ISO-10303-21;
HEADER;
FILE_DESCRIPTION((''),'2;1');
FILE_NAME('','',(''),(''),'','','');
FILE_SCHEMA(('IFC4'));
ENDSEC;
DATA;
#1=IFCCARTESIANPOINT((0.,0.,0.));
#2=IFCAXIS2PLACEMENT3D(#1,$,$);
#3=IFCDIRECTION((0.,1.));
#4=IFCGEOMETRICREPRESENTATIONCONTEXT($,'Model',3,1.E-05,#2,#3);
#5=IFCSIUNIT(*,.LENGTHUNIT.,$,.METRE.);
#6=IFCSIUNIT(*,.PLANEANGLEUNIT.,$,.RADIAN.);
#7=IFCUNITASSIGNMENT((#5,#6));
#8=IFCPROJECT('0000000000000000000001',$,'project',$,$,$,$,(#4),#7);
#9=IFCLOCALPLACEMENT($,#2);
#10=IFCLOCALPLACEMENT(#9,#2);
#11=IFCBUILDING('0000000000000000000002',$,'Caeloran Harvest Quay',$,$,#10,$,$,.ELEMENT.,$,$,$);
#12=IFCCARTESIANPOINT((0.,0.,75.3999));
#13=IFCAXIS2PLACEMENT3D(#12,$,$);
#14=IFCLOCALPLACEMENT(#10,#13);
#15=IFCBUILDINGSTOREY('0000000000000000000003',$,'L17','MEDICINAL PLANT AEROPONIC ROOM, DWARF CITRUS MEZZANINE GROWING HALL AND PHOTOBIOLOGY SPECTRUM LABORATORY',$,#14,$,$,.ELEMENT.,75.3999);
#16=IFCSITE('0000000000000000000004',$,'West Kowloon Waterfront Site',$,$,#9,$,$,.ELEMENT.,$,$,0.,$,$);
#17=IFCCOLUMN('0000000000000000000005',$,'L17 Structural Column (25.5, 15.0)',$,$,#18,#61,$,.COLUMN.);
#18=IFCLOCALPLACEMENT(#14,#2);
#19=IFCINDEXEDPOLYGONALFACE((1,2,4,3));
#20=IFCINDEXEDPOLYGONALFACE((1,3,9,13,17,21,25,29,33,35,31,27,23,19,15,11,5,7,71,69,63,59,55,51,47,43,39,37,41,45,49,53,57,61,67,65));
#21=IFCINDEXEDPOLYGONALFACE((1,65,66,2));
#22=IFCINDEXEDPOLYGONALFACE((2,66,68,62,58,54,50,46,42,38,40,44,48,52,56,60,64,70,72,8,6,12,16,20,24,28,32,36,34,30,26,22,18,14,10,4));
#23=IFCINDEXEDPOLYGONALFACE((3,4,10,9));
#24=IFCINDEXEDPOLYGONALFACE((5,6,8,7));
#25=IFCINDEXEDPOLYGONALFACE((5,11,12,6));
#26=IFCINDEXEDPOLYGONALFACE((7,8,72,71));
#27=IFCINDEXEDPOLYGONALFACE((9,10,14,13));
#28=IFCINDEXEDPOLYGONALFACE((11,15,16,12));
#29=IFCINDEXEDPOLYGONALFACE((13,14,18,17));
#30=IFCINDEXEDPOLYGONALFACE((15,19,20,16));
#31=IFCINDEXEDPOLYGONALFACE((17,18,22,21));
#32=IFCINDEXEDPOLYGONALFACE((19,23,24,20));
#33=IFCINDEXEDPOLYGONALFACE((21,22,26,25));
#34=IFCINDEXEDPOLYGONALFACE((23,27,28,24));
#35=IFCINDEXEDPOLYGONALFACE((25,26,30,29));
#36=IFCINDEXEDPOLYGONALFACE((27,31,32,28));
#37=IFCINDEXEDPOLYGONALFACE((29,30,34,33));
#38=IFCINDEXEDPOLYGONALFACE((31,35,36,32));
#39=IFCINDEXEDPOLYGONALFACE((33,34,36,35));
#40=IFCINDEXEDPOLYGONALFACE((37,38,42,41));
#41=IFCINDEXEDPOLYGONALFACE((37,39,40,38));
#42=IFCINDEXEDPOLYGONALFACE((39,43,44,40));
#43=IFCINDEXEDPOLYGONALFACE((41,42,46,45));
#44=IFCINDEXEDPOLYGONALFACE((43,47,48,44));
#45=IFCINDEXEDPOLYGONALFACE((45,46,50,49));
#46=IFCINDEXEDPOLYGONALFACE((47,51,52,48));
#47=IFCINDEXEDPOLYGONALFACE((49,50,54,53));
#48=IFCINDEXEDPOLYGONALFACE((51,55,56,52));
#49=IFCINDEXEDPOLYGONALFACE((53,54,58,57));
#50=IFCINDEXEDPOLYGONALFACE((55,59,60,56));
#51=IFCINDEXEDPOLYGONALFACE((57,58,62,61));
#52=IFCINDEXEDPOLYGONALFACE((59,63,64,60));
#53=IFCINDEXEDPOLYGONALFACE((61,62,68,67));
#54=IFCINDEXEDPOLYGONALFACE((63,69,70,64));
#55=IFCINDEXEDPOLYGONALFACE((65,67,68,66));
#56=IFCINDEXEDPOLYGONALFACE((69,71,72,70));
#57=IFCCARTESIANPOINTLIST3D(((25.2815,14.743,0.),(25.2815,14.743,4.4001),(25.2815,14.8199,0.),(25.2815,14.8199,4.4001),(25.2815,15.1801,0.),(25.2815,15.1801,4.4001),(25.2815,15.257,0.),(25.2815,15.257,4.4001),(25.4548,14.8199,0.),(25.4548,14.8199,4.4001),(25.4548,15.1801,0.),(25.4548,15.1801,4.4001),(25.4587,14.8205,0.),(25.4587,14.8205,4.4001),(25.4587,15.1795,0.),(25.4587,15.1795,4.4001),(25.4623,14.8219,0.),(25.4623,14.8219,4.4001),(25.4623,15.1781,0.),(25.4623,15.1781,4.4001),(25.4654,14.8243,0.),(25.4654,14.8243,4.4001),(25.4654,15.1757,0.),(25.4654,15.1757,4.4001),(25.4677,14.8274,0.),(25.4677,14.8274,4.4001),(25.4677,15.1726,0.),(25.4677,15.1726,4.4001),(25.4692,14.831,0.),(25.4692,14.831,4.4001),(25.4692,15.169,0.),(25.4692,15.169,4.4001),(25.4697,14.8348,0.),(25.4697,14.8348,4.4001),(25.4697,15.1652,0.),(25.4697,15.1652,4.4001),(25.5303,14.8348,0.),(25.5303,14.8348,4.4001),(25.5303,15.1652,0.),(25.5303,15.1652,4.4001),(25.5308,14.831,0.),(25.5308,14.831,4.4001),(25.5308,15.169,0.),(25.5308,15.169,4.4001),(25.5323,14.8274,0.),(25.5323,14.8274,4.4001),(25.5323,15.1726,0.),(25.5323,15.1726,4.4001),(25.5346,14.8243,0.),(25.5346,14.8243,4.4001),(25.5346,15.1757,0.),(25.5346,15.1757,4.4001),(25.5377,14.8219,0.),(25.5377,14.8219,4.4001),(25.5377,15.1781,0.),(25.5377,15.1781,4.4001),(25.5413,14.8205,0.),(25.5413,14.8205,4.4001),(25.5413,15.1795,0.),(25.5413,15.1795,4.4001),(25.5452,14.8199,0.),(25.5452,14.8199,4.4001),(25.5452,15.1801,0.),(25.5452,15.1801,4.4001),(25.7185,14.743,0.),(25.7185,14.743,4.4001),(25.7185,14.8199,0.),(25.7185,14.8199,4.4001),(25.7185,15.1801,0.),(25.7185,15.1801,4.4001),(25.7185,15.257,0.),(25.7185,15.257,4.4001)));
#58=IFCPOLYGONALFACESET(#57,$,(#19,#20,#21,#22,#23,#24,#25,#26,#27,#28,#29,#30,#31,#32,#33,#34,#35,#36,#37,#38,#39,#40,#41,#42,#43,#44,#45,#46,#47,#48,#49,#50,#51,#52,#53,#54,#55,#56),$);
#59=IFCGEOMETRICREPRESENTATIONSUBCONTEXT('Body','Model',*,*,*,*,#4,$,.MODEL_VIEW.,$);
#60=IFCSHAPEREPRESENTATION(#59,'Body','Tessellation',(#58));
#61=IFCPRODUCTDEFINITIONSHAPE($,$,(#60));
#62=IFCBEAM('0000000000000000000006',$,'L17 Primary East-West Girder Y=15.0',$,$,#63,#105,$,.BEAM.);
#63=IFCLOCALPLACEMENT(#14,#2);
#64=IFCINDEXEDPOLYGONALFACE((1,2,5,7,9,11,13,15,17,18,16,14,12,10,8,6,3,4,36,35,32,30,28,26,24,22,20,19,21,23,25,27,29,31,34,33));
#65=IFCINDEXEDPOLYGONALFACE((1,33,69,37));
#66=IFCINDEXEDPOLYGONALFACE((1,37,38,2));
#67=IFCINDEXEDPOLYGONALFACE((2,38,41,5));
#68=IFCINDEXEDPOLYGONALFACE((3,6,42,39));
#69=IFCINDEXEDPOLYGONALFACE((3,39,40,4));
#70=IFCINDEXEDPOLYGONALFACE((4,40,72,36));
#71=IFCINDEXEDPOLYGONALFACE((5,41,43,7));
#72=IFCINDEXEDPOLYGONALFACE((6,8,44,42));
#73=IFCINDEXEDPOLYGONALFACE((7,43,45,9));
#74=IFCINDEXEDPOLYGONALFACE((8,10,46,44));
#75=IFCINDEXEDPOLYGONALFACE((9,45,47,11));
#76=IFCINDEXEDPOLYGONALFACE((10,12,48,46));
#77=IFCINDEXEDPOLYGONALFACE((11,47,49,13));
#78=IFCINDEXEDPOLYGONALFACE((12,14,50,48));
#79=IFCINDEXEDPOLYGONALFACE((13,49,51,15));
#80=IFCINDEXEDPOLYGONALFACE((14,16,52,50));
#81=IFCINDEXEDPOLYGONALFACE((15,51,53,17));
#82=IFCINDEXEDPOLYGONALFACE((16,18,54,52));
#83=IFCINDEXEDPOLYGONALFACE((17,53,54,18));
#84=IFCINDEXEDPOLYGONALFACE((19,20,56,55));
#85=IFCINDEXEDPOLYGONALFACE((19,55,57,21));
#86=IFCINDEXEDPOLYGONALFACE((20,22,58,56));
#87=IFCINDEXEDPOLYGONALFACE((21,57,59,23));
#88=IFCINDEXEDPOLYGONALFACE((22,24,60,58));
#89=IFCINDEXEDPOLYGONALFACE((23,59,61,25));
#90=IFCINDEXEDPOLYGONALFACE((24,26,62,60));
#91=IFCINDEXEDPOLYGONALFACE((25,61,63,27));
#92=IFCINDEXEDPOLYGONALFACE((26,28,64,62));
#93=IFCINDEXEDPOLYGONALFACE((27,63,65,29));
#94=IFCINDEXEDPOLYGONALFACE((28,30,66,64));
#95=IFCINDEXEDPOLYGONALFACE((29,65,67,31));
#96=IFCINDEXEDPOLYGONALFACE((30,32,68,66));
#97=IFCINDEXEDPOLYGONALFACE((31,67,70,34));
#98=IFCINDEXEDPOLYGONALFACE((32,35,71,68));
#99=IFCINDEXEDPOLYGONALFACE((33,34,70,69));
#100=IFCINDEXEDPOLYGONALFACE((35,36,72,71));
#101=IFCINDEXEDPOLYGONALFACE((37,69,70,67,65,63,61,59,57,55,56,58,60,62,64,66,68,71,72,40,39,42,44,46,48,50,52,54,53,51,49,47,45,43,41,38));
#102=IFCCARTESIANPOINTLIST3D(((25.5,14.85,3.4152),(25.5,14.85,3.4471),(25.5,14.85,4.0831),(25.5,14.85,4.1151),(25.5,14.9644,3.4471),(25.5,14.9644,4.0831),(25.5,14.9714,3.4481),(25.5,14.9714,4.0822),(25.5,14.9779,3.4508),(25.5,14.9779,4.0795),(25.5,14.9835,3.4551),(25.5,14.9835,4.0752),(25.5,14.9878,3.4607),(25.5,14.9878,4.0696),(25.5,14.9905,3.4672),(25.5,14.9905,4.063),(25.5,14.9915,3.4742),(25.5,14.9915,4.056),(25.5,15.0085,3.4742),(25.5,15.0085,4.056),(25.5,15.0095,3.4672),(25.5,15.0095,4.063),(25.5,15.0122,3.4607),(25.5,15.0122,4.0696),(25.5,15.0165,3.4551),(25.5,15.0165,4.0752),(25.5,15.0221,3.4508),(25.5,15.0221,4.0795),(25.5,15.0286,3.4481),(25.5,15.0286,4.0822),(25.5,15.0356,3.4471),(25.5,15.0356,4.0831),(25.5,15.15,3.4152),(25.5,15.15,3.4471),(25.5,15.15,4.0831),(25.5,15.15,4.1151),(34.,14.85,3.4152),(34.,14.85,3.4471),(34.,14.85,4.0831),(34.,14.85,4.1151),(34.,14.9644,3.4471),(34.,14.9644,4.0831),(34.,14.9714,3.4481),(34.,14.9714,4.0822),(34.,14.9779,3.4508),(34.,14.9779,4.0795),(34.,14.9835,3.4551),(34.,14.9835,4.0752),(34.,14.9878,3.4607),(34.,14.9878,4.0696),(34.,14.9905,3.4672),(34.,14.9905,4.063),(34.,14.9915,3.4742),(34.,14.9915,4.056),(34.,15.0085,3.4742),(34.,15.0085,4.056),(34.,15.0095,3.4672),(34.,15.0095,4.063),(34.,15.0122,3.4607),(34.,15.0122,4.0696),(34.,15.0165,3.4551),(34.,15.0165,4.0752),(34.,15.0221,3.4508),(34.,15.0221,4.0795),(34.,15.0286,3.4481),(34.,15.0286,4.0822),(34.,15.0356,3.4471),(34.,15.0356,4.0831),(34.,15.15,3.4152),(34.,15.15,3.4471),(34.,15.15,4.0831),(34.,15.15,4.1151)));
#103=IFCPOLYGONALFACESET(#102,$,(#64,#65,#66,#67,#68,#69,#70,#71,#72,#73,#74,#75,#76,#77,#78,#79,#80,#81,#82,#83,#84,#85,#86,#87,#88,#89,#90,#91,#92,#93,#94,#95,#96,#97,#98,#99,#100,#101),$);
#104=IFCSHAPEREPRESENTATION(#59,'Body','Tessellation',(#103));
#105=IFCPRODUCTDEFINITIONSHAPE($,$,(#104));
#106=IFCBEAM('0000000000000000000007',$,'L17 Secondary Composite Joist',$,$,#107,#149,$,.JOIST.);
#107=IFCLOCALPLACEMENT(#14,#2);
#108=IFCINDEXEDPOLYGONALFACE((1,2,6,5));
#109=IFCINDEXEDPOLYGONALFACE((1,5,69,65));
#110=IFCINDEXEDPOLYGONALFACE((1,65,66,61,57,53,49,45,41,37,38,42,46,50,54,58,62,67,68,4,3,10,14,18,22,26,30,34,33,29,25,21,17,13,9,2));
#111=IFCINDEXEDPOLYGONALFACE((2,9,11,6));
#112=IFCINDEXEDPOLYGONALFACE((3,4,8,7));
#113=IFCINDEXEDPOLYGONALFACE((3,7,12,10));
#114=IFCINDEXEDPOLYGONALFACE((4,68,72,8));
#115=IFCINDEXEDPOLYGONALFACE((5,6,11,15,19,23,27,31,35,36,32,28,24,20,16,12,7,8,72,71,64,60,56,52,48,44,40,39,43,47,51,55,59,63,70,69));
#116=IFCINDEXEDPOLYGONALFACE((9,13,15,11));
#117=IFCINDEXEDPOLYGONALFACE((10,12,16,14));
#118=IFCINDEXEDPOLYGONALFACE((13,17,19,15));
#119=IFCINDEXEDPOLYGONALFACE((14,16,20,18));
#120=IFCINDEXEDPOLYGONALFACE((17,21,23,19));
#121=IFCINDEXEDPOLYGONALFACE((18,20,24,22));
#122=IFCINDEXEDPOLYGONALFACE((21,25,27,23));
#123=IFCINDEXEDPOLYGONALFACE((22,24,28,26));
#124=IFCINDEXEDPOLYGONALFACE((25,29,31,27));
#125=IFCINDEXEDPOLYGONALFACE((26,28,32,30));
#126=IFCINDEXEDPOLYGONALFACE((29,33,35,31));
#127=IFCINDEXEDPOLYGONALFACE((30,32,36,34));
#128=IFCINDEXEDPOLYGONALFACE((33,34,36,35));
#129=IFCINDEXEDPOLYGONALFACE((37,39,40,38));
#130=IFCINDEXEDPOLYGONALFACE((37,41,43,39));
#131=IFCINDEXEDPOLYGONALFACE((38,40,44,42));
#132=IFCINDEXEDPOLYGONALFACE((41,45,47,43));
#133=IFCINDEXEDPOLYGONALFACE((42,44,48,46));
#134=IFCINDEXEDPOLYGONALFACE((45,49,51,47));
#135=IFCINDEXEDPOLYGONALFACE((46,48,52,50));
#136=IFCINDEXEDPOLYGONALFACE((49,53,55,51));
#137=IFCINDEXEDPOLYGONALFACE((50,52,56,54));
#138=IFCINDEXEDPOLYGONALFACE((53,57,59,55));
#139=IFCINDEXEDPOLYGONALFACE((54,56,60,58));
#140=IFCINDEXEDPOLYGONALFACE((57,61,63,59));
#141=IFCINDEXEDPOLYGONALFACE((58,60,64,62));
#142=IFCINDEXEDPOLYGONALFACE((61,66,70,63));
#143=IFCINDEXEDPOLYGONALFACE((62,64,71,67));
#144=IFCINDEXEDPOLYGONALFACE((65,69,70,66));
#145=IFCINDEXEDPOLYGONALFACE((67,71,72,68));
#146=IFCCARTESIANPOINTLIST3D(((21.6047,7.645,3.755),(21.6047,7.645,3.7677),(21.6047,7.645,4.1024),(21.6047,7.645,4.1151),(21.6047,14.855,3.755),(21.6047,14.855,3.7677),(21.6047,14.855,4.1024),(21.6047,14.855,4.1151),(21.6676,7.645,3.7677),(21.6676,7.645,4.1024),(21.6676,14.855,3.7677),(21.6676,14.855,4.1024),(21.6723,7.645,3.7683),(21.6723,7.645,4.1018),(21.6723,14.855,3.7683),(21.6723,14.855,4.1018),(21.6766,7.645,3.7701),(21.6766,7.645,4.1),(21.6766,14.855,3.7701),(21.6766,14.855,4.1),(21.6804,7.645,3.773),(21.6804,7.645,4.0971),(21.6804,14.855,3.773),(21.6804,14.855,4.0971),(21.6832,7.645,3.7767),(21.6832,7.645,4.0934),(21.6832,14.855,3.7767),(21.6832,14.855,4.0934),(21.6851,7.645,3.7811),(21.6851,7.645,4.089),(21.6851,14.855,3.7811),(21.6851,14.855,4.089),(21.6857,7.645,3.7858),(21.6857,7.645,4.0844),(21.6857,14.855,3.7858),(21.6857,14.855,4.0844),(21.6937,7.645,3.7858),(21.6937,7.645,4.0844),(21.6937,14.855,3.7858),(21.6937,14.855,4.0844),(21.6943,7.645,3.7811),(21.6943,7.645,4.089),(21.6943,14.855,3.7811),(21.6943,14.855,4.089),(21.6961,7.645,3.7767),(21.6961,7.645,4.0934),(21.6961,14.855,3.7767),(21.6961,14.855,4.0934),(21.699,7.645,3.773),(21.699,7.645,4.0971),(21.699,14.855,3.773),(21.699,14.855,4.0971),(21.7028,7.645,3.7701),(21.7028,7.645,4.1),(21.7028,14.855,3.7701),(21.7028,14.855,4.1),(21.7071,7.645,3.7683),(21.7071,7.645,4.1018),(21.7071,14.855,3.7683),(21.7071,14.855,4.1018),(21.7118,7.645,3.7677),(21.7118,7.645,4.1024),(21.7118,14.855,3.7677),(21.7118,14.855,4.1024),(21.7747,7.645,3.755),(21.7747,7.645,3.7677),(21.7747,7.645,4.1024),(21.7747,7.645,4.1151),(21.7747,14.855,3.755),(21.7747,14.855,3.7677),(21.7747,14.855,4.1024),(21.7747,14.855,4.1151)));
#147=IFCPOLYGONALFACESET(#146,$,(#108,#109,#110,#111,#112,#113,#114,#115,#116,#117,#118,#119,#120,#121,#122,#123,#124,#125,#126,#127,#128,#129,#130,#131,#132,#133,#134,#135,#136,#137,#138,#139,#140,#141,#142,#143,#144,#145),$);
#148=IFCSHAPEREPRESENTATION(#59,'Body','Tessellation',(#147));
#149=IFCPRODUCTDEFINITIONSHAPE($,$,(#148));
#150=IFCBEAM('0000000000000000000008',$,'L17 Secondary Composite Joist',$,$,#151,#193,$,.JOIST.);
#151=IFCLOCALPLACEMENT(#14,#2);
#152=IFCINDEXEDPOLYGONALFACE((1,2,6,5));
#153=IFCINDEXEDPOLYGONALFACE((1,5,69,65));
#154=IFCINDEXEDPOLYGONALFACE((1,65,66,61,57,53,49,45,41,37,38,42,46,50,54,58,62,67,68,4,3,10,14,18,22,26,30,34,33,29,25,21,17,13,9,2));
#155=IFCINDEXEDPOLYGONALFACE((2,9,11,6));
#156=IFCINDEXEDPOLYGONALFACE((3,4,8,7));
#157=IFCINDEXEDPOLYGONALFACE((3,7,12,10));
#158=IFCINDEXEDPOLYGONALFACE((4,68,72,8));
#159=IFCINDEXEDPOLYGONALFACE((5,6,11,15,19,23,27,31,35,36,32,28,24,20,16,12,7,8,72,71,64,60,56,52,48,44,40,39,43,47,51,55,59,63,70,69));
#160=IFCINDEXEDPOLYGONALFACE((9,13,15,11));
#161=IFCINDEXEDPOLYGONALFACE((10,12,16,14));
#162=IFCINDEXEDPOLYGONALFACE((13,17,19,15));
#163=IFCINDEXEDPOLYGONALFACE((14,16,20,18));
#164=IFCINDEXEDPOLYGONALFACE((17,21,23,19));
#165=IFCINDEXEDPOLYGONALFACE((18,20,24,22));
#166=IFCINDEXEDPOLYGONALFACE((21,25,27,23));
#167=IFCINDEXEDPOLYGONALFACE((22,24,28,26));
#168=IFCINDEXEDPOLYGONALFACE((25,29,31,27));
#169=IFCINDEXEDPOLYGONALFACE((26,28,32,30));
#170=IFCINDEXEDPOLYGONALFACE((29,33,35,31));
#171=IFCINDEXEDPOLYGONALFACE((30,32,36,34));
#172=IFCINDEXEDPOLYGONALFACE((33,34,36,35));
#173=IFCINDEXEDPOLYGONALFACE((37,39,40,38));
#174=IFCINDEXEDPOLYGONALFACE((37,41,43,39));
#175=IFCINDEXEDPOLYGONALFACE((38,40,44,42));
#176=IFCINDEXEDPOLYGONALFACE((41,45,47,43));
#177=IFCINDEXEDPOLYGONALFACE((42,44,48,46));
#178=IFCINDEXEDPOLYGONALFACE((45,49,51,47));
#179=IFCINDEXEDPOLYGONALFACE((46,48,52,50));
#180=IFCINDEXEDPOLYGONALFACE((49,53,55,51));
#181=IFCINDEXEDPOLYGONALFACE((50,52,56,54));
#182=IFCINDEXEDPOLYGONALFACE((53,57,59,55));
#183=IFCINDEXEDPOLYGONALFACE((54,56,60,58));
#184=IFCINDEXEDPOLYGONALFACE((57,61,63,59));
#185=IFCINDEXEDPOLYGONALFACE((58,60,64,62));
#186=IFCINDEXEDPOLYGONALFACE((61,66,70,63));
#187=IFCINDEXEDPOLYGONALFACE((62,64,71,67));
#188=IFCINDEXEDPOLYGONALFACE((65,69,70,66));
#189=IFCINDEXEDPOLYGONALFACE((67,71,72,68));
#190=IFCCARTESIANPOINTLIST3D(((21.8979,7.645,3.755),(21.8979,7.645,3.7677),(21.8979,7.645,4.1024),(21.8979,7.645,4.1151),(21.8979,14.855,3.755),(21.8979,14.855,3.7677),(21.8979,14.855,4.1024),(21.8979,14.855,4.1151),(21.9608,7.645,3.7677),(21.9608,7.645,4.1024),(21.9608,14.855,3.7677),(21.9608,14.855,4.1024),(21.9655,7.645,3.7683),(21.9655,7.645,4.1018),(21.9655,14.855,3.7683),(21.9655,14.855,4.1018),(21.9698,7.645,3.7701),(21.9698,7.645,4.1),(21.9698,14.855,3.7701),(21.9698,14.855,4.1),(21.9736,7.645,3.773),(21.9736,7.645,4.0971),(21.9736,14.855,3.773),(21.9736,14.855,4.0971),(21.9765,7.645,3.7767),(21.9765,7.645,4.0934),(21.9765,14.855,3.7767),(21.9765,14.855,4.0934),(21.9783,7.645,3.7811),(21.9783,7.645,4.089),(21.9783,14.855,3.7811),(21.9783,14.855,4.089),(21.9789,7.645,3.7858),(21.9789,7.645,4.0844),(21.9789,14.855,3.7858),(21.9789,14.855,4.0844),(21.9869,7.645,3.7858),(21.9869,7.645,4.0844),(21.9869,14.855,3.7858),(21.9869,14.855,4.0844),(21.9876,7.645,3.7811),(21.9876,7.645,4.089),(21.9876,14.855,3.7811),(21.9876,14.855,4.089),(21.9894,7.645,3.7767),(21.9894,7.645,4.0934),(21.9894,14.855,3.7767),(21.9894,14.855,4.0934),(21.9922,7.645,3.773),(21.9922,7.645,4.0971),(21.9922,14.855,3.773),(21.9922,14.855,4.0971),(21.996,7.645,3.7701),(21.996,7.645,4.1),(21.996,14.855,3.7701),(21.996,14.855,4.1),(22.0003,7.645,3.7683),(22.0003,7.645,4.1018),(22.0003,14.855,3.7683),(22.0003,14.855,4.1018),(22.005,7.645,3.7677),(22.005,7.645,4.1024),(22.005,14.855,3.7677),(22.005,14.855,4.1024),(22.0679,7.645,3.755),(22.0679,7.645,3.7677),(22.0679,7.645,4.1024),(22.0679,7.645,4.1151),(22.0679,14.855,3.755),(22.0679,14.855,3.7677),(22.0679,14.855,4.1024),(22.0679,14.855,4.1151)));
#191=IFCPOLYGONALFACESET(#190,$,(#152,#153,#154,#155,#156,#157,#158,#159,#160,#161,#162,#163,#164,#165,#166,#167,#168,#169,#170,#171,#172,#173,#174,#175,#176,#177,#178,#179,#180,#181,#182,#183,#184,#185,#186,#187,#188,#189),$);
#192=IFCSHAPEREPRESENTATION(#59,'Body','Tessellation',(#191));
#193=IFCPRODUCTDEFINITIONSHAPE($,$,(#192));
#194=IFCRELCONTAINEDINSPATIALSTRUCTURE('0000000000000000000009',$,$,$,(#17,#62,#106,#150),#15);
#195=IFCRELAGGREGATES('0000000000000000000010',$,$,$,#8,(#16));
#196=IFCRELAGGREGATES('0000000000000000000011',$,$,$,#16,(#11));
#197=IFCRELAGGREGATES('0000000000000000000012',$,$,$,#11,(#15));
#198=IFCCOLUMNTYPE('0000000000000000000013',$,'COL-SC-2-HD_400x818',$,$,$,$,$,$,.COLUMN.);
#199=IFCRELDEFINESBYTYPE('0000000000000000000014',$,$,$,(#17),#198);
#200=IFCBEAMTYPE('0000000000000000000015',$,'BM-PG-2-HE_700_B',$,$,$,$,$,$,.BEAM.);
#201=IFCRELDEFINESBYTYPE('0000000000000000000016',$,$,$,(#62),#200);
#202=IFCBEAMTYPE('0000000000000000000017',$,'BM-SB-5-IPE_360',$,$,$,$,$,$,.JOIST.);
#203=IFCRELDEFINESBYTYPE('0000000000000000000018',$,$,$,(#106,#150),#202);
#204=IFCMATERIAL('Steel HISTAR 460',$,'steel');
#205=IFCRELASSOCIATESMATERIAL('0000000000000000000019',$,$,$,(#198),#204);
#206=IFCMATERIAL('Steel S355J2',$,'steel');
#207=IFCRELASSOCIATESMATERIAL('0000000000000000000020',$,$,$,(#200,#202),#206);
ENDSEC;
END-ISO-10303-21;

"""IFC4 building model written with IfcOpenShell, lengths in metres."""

from ifc_helpers import new_model, si_unit, direction, frame, origin, origin_2d, place, context, subcontext, project, spatial, i_section, extrude, material, material_profile, profile_set, type_object, element, save


model = new_model("IFC4")

# Units and contexts
model_context = context("Model", 3, precision=1e-05, world=origin(), true_north=direction((0.0, 1.0)))
body_context = subcontext(model_context, "Body", "Model", "MODEL_VIEW")
ifc_project = project(units=[si_unit("LENGTHUNIT", "METRE"), si_unit("PLANEANGLEUNIT", "RADIAN")], contexts=[model_context])

# Site, building, storey
site_placement = place(None, origin())
site = spatial("IfcSite", under=ifc_project, at=site_placement, Name="West Kowloon Waterfront Site", CompositionType="ELEMENT", RefElevation=0.0)
building_placement = place(site_placement, origin())
building = spatial("IfcBuilding", under=site, at=building_placement, Name="Caeloran Harvest Quay", CompositionType="ELEMENT")
storey_placement = place(building_placement, frame((0.0, 0.0, 75.3999)))
storey = spatial("IfcBuildingStorey", under=building, at=storey_placement, Name="L17", Description="MEDICINAL PLANT AEROPONIC ROOM, DWARF CITRUS MEZZANINE GROWING HALL AND PHOTOBIOLOGY SPECTRUM LABORATORY", CompositionType="ELEMENT", Elevation=75.3999)

# Column
ifc_material_1 = material(Name="Steel HISTAR 460", Category="steel")
ifc_material_profile_1 = material_profile(ifc_material_1, i_section(OverallWidth=0.437, OverallDepth=0.5139, WebThickness=0.0605, FlangeThickness=0.0769, FilletRadius=0.0149, at=origin_2d()), Name="HD 400x818")
ifc_profile_set_1 = profile_set([ifc_material_profile_1], Name="Steel HISTAR 460")
column_type = type_object("IfcColumnType", Name="COL-SC-2-HD_400x818", PredefinedType="COLUMN", material=ifc_profile_set_1)
column_placement = place(storey_placement, frame((25.5, 15.0, 0.0), z_axis=(0.0, 0.0, 1.0), x_axis=(1.0, 0.0, 0.0)))
element("IfcColumn", 1, at=column_placement, inside=storey, type_object=column_type, Name="L17 Structural Column (25.5, 15.0)", PredefinedType="COLUMN", context=body_context, shape_type="SweptSolid", body=[
    extrude(i_section(OverallWidth=0.437, OverallDepth=0.5139, WebThickness=0.0605, FlangeThickness=0.0769, FilletRadius=0.0149, at=origin_2d()), origin(), (0.0, 0.0, 1.0), 4.4001),
])

# Beams
ifc_material_2 = material(Name="Steel S355J2", Category="steel")
ifc_material_profile_2 = material_profile(ifc_material_2, i_section(OverallWidth=0.3, OverallDepth=0.7, WebThickness=0.0171, FlangeThickness=0.032, FilletRadius=0.0271, at=origin_2d()), Name="HE 700 B")
ifc_profile_set_2 = profile_set([ifc_material_profile_2], Name="Steel S355J2")
beam_type_1 = type_object("IfcBeamType", Name="BM-PG-2-HE_700_B", PredefinedType="BEAM", material=ifc_profile_set_2)
beam_placement = place(storey_placement, frame((25.5, 15.0, 3.7651), z_axis=(1.0, 0.0, 0.0), x_axis=(0.0, 1.0, 0.0)))
element("IfcBeam", 2, at=beam_placement, inside=storey, type_object=beam_type_1, Name="L17 Primary East-West Girder Y=15.0", PredefinedType="BEAM", context=body_context, shape_type="SweptSolid", body=[
    extrude(i_section(OverallWidth=0.3, OverallDepth=0.7, WebThickness=0.0171, FlangeThickness=0.032, FilletRadius=0.0271, at=origin_2d()), origin(), (0.0, 0.0, 1.0), 8.5),
])
ifc_material_profile_3 = material_profile(ifc_material_2, i_section(OverallWidth=0.1699, OverallDepth=0.3601, WebThickness=0.0081, FlangeThickness=0.0127, FilletRadius=0.0181, at=origin_2d()), Name="IPE 360")
ifc_profile_set_3 = profile_set([ifc_material_profile_3], Name="Steel S355J2")
beam_type_2 = type_object("IfcBeamType", Name="BM-SB-5-IPE_360", PredefinedType="JOIST", material=ifc_profile_set_3)
for number, where, z_axis, x_axis, name in (
    (3, (21.6897, 7.645, 3.9351), (0.0, 1.0, 0.0), (-1.0, 0.0, 0.0), "L17 Secondary Composite Joist"),
    (4, (21.9829, 7.645, 3.9351), (0.0, 1.0, 0.0), (-1.0, 0.0, 0.0), "L17 Secondary Composite Joist"),
):
    element("IfcBeam", number, at=place(storey_placement, frame(where, z_axis=z_axis, x_axis=x_axis)), inside=storey, type_object=beam_type_2, Name=name, PredefinedType="JOIST", context=body_context, shape_type="SweptSolid", body=[
        extrude(i_section(OverallWidth=0.1699, OverallDepth=0.3601, WebThickness=0.0081, FlangeThickness=0.0127, FilletRadius=0.0181, at=origin_2d()), origin(), (0.0, 0.0, 1.0), 7.21),
    ])

save(model, "model.ifc")
